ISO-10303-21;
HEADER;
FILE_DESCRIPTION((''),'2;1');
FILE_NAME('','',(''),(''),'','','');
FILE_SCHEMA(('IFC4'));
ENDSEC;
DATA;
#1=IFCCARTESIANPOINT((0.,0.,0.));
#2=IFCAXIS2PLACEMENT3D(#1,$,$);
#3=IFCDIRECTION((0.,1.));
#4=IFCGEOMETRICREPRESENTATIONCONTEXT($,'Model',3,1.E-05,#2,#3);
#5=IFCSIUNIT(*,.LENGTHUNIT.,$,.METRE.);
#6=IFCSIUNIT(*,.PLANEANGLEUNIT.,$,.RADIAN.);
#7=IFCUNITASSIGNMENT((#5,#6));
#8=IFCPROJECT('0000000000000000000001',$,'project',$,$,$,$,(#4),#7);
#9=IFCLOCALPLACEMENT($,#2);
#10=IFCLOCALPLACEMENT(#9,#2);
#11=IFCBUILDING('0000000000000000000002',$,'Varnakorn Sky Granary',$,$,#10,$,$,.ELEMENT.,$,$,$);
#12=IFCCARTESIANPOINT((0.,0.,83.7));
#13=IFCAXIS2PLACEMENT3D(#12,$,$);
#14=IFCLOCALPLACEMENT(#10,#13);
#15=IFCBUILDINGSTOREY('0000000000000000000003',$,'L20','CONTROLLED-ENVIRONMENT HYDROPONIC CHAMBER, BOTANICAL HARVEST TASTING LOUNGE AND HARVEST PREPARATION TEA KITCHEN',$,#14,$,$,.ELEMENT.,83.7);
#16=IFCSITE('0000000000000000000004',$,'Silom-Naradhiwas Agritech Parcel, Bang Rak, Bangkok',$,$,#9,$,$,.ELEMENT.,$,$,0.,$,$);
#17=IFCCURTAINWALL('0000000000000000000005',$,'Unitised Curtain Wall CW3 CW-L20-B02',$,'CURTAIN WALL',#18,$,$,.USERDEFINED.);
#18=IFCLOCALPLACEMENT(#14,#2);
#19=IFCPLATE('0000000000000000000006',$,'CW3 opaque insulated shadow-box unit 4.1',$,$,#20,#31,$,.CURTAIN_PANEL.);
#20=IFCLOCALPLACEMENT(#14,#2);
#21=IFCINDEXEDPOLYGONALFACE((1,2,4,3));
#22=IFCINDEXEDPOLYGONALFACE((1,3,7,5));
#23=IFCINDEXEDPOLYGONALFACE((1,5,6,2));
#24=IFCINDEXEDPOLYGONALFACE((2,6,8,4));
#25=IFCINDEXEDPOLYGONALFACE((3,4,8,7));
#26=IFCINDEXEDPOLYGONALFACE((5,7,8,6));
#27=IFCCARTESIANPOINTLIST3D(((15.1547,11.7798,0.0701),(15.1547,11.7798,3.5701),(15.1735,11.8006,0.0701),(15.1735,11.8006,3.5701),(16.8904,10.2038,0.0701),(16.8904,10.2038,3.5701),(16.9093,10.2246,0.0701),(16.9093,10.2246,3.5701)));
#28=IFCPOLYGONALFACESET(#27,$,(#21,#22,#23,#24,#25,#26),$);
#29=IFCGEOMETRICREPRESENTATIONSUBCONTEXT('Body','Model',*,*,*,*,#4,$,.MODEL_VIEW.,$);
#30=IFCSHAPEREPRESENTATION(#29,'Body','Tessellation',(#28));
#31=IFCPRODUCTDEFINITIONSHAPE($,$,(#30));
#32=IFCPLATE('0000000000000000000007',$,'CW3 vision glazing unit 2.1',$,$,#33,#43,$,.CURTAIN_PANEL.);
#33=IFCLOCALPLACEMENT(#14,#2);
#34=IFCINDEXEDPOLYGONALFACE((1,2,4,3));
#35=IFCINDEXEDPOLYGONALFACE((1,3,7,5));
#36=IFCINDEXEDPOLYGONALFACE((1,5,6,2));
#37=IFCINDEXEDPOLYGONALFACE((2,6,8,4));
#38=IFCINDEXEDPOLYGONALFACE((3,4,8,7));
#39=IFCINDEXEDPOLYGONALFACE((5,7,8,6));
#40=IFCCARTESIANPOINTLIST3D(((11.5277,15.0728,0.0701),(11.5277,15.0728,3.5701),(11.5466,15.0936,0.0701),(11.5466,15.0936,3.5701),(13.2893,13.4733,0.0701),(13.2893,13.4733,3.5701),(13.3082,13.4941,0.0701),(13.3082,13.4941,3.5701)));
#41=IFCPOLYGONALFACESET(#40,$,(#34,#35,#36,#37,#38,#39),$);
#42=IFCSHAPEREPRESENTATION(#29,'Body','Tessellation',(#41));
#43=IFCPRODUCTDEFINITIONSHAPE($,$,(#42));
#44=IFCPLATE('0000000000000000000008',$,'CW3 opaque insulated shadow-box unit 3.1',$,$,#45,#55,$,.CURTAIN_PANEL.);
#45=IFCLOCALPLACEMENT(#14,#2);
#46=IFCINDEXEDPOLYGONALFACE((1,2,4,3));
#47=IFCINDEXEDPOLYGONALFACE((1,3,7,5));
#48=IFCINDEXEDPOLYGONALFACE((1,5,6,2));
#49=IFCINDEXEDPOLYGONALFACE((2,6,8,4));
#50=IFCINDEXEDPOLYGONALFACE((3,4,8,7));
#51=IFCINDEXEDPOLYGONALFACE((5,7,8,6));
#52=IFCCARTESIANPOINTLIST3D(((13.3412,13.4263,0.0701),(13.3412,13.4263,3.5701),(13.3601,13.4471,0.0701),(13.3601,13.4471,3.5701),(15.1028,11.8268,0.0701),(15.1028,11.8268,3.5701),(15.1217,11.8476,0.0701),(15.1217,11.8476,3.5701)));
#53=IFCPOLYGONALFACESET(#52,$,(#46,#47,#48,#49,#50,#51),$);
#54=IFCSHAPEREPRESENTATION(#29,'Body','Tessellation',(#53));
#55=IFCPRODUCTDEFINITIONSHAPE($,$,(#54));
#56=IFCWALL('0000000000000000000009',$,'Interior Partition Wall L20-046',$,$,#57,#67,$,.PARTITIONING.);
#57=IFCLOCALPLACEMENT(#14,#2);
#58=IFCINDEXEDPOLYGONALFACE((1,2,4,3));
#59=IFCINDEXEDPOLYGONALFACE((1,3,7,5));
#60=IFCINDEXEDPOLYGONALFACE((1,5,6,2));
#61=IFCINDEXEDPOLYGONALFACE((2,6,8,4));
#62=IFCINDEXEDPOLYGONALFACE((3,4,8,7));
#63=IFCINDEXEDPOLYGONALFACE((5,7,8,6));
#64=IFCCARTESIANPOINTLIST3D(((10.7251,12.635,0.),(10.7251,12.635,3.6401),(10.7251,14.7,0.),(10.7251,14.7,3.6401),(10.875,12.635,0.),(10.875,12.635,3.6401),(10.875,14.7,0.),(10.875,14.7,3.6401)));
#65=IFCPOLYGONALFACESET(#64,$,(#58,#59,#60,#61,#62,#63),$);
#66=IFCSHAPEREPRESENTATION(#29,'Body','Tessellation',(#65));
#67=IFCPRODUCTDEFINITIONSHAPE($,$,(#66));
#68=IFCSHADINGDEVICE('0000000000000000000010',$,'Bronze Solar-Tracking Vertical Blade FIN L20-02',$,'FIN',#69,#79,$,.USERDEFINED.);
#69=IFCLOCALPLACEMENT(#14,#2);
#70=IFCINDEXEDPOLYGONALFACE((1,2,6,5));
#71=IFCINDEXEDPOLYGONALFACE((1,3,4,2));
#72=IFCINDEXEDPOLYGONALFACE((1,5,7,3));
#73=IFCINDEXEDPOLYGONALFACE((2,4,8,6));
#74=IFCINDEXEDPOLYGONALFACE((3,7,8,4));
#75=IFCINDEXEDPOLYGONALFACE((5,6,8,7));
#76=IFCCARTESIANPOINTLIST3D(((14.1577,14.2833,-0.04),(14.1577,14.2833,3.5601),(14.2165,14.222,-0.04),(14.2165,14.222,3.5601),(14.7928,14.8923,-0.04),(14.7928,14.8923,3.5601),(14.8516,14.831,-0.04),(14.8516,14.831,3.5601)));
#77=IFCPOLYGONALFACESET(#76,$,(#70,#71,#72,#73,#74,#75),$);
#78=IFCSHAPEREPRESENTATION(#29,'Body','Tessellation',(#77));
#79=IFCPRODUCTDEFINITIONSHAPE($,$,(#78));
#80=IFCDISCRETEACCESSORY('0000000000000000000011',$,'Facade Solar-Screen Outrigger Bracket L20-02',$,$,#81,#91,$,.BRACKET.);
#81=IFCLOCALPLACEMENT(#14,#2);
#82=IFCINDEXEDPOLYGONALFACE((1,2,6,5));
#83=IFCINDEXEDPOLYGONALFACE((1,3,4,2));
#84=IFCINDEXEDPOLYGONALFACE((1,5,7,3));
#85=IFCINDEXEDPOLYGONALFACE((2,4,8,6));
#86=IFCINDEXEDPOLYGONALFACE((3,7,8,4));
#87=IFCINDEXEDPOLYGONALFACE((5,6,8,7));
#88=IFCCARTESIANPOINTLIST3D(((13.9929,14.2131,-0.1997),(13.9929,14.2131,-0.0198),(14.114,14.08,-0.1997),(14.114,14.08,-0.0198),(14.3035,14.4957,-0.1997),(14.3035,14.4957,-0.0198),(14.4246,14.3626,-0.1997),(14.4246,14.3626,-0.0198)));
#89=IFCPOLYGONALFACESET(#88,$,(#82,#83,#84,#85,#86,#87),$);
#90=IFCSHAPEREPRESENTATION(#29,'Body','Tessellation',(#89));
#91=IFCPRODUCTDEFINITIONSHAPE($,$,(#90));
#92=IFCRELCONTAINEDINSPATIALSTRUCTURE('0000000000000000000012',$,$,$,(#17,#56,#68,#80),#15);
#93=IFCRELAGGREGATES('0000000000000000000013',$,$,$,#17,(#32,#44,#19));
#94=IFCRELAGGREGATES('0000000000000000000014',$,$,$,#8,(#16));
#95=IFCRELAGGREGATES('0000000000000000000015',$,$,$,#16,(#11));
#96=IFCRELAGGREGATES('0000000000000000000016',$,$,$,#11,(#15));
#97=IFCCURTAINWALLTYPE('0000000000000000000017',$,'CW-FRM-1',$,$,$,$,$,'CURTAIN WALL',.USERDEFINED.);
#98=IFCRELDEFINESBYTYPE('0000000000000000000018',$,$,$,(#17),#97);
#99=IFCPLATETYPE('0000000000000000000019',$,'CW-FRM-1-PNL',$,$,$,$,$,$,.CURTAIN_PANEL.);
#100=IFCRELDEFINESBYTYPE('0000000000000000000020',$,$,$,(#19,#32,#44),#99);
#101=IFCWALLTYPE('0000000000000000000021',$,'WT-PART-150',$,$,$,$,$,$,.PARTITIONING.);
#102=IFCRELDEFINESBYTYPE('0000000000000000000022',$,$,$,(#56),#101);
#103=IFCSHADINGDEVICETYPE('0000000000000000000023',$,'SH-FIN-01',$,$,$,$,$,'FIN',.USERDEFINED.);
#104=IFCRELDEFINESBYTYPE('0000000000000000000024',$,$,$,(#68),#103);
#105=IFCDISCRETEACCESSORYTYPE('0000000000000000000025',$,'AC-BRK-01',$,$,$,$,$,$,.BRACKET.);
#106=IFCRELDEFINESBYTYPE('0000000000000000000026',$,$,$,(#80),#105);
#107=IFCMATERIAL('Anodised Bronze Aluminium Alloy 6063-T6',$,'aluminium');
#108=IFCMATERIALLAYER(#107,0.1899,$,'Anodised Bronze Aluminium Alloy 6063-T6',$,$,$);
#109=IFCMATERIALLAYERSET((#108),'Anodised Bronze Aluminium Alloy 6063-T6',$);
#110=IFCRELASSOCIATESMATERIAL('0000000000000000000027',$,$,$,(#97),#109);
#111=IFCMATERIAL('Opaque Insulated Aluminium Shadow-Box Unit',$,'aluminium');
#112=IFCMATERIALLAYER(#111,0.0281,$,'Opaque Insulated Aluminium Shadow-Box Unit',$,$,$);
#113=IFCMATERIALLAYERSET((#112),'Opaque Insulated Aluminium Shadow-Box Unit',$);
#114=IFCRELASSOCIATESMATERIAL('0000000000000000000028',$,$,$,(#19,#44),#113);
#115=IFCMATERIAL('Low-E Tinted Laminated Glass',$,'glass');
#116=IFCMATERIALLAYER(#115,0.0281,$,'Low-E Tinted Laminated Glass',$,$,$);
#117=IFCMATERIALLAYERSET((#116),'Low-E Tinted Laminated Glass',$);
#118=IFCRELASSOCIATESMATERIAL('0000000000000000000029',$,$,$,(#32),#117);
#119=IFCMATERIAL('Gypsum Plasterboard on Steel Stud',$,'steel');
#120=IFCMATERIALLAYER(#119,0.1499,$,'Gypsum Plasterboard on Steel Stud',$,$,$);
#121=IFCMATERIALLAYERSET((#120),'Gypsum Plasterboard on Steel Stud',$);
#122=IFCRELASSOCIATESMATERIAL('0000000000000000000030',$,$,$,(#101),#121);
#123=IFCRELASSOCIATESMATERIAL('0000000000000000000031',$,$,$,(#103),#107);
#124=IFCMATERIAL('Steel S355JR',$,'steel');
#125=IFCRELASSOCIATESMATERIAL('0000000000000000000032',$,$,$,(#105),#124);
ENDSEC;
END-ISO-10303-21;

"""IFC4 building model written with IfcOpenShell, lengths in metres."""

from ifc_helpers import new_model, si_unit, direction, frame, frame_2d, origin, origin_2d, place, context, subcontext, project, spatial, rectangle, extrude, source, transform, mapped, material, layer, layer_set, type_object, type_shapes, element, aggregate, save


model = new_model("IFC4")

# Units and contexts
model_context = context("Model", 3, precision=1e-05, world=origin(), true_north=direction((0.0, 1.0)))
body_context = subcontext(model_context, "Body", "Model", "MODEL_VIEW")
ifc_project = project(units=[si_unit("LENGTHUNIT", "METRE"), si_unit("PLANEANGLEUNIT", "RADIAN")], contexts=[model_context])

# Site, building, storey
site_placement = place(None, origin())
site = spatial("IfcSite", under=ifc_project, at=site_placement, Name="Silom-Naradhiwas Agritech Parcel, Bang Rak, Bangkok", CompositionType="ELEMENT", RefElevation=0.0)
building_placement = place(site_placement, origin())
building = spatial("IfcBuilding", under=site, at=building_placement, Name="Varnakorn Sky Granary", CompositionType="ELEMENT")
storey_placement = place(building_placement, frame((0.0, 0.0, 83.7)))
storey = spatial("IfcBuildingStorey", under=building, at=storey_placement, Name="L20", Description="CONTROLLED-ENVIRONMENT HYDROPONIC CHAMBER, BOTANICAL HARVEST TASTING LOUNGE AND HARVEST PREPARATION TEA KITCHEN", CompositionType="ELEMENT", Elevation=83.7)

# Shared definitions
ifc_material_1 = material(Name="Steel S355JR", Category="steel")

# Curtain wall
ifc_material_2 = material(Name="Anodised Bronze Aluminium Alloy 6063-T6", Category="aluminium")
ifc_layer_1 = layer(ifc_material_2, 0.1899, Name="Anodised Bronze Aluminium Alloy 6063-T6")
ifc_layer_set_1 = layer_set([ifc_layer_1], Name="Anodised Bronze Aluminium Alloy 6063-T6")
curtain_wall_type = type_object("IfcCurtainWallType", Name="CW-FRM-1", ElementType="CURTAIN WALL", PredefinedType="USERDEFINED", material=ifc_layer_set_1)
curtain_wall_placement = place(storey_placement, origin())
curtain_wall = element("IfcCurtainWall", 1, at=curtain_wall_placement, inside=storey, type_object=curtain_wall_type, Name="Unitised Curtain Wall CW3 CW-L20-B02", ObjectType="CURTAIN WALL", PredefinedType="USERDEFINED")

# Plates
ifc_material_3 = material(Name="Opaque Insulated Aluminium Shadow-Box Unit", Category="aluminium")
ifc_layer_2 = layer(ifc_material_3, 0.0281, Name="Opaque Insulated Aluminium Shadow-Box Unit")
ifc_layer_set_2 = layer_set([ifc_layer_2], Name="Opaque Insulated Aluminium Shadow-Box Unit")
plate_type = type_object("IfcPlateType", Name="CW-FRM-1-PNL", PredefinedType="CURTAIN_PANEL")
shared_shape_1 = source(origin(), body_context, "Body", "SweptSolid", [
    extrude(rectangle(XDim=2.3445, YDim=0.0281, at=origin_2d()), origin(), (0.0, 0.0, 1.0), 3.5),
])
plate_1_placement = place(storey_placement, frame((16.032, 11.0022, 0.0701), z_axis=(0.0, 0.0, 1.0), x_axis=(0.74036, -0.672211, 0.0)))
plate_1 = element("IfcPlate", 2, at=plate_1_placement, type_object=plate_type, material=ifc_layer_set_2, Name="CW3 opaque insulated shadow-box unit 4.1", PredefinedType="CURTAIN_PANEL", context=body_context, shape_type="MappedRepresentation", body=[
    mapped(shared_shape_1, transform((0.0, 0.0, 0.0), x_axis=(1.0, 0.0, 0.0), y_axis=(0.0, 1.0, 0.0), z_axis=(0.0, 0.0, 1.0), scale=1.0)),
])
ifc_material_4 = material(Name="Low-E Tinted Laminated Glass", Category="glass")
ifc_layer_3 = layer(ifc_material_4, 0.0281, Name="Low-E Tinted Laminated Glass")
ifc_layer_set_3 = layer_set([ifc_layer_3], Name="Low-E Tinted Laminated Glass")
shared_shape_2 = source(origin(), body_context, "Body", "SweptSolid", [
    extrude(rectangle(XDim=2.3794, YDim=0.0281, at=origin_2d()), origin(), (0.0, 0.0, 1.0), 3.5),
])
type_shapes(plate_type, [shared_shape_1, shared_shape_2])
plate_2_placement = place(storey_placement, frame((12.418, 14.2834, 0.0701), z_axis=(0.0, 0.0, 1.0), x_axis=(0.74036, -0.672211, 0.0)))
plate_2 = element("IfcPlate", 3, at=plate_2_placement, type_object=plate_type, material=ifc_layer_set_3, Name="CW3 vision glazing unit 2.1", PredefinedType="CURTAIN_PANEL", context=body_context, shape_type="MappedRepresentation", body=[
    mapped(shared_shape_2, transform((0.0, 0.0, 0.0), x_axis=(1.0, 0.0, 0.0), y_axis=(0.0, 1.0, 0.0), z_axis=(0.0, 0.0, 1.0), scale=1.0)),
])
plate_3_placement = place(storey_placement, frame((14.2314, 12.637, 0.0701), z_axis=(0.0, 0.0, 1.0), x_axis=(0.74036, -0.672211, 0.0)))
plate_3 = element("IfcPlate", 4, at=plate_3_placement, type_object=plate_type, material=ifc_layer_set_2, Name="CW3 opaque insulated shadow-box unit 3.1", PredefinedType="CURTAIN_PANEL", context=body_context, shape_type="MappedRepresentation", body=[
    mapped(shared_shape_2, transform((0.0, 0.0, 0.0), x_axis=(1.0, 0.0, 0.0), y_axis=(0.0, 1.0, 0.0), z_axis=(0.0, 0.0, 1.0), scale=1.0)),
])
aggregate(curtain_wall, [plate_2, plate_3, plate_1])

# Wall
ifc_material_5 = material(Name="Gypsum Plasterboard on Steel Stud", Category="steel")
ifc_layer_4 = layer(ifc_material_5, 0.1499, Name="Gypsum Plasterboard on Steel Stud")
ifc_layer_set_4 = layer_set([ifc_layer_4], Name="Gypsum Plasterboard on Steel Stud")
wall_type = type_object("IfcWallType", Name="WT-PART-150", PredefinedType="PARTITIONING", material=ifc_layer_set_4)
wall_placement = place(storey_placement, frame((10.8, 12.635, 0.0), z_axis=(0.0, 0.0, 1.0), x_axis=(0.0, 1.0, 0.0)))
element("IfcWall", 5, at=wall_placement, inside=storey, type_object=wall_type, Name="Interior Partition Wall L20-046", PredefinedType="PARTITIONING", context=body_context, shape_type="SweptSolid", body=[
    extrude(rectangle(XDim=2.0649, YDim=0.1499, at=frame_2d((1.0325, 0.0))), origin(), (0.0, 0.0, 1.0), 3.6401),
])

# Shading device
shading_device_type = type_object("IfcShadingDeviceType", Name="SH-FIN-01", ElementType="FIN", PredefinedType="USERDEFINED", material=ifc_material_2)
shared_shape_3 = source(origin(), body_context, "Body", "SweptSolid", [
    extrude(rectangle(XDim=0.085, YDim=0.8799, at=origin_2d()), origin(), (0.0, 0.0, 1.0), 3.6001),
])
type_shapes(shading_device_type, [shared_shape_3])
shading_device_placement = place(storey_placement, frame((14.5046, 14.5571, -0.04), z_axis=(0.0, 0.0, 1.0), x_axis=(-0.692149, 0.721755, 0.0)))
element("IfcShadingDevice", 6, at=shading_device_placement, inside=storey, type_object=shading_device_type, Name="Bronze Solar-Tracking Vertical Blade FIN L20-02", ObjectType="FIN", PredefinedType="USERDEFINED", context=body_context, shape_type="MappedRepresentation", body=[
    mapped(shared_shape_3, transform((0.0, 0.0, 0.0), x_axis=(1.0, 0.0, 0.0), y_axis=(0.0, 1.0, 0.0), z_axis=(0.0, 0.0, 1.0), scale=1.0)),
])

# Discrete accessory
discrete_accessory_type = type_object("IfcDiscreteAccessoryType", Name="AC-BRK-01", PredefinedType="BRACKET", material=ifc_material_1)
shared_shape_4 = source(origin(), body_context, "Body", "SweptSolid", [
    extrude(rectangle(XDim=0.1799, YDim=0.4199, at=origin_2d()), origin(), (0.0, 0.0, 1.0), 0.1799),
])
type_shapes(discrete_accessory_type, [shared_shape_4])
discrete_accessory_placement = place(storey_placement, frame((14.2087, 14.2878, -0.1997), z_axis=(0.0, 0.0, 1.0), x_axis=(-0.672859, 0.73977, 0.0)))
element("IfcDiscreteAccessory", 7, at=discrete_accessory_placement, inside=storey, type_object=discrete_accessory_type, Name="Facade Solar-Screen Outrigger Bracket L20-02", PredefinedType="BRACKET", context=body_context, shape_type="MappedRepresentation", body=[
    mapped(shared_shape_4, transform((0.0, 0.0, 0.0), x_axis=(1.0, 0.0, 0.0), y_axis=(0.0, 1.0, 0.0), z_axis=(0.0, 0.0, 1.0), scale=1.0)),
])

save(model, "model.ifc")
